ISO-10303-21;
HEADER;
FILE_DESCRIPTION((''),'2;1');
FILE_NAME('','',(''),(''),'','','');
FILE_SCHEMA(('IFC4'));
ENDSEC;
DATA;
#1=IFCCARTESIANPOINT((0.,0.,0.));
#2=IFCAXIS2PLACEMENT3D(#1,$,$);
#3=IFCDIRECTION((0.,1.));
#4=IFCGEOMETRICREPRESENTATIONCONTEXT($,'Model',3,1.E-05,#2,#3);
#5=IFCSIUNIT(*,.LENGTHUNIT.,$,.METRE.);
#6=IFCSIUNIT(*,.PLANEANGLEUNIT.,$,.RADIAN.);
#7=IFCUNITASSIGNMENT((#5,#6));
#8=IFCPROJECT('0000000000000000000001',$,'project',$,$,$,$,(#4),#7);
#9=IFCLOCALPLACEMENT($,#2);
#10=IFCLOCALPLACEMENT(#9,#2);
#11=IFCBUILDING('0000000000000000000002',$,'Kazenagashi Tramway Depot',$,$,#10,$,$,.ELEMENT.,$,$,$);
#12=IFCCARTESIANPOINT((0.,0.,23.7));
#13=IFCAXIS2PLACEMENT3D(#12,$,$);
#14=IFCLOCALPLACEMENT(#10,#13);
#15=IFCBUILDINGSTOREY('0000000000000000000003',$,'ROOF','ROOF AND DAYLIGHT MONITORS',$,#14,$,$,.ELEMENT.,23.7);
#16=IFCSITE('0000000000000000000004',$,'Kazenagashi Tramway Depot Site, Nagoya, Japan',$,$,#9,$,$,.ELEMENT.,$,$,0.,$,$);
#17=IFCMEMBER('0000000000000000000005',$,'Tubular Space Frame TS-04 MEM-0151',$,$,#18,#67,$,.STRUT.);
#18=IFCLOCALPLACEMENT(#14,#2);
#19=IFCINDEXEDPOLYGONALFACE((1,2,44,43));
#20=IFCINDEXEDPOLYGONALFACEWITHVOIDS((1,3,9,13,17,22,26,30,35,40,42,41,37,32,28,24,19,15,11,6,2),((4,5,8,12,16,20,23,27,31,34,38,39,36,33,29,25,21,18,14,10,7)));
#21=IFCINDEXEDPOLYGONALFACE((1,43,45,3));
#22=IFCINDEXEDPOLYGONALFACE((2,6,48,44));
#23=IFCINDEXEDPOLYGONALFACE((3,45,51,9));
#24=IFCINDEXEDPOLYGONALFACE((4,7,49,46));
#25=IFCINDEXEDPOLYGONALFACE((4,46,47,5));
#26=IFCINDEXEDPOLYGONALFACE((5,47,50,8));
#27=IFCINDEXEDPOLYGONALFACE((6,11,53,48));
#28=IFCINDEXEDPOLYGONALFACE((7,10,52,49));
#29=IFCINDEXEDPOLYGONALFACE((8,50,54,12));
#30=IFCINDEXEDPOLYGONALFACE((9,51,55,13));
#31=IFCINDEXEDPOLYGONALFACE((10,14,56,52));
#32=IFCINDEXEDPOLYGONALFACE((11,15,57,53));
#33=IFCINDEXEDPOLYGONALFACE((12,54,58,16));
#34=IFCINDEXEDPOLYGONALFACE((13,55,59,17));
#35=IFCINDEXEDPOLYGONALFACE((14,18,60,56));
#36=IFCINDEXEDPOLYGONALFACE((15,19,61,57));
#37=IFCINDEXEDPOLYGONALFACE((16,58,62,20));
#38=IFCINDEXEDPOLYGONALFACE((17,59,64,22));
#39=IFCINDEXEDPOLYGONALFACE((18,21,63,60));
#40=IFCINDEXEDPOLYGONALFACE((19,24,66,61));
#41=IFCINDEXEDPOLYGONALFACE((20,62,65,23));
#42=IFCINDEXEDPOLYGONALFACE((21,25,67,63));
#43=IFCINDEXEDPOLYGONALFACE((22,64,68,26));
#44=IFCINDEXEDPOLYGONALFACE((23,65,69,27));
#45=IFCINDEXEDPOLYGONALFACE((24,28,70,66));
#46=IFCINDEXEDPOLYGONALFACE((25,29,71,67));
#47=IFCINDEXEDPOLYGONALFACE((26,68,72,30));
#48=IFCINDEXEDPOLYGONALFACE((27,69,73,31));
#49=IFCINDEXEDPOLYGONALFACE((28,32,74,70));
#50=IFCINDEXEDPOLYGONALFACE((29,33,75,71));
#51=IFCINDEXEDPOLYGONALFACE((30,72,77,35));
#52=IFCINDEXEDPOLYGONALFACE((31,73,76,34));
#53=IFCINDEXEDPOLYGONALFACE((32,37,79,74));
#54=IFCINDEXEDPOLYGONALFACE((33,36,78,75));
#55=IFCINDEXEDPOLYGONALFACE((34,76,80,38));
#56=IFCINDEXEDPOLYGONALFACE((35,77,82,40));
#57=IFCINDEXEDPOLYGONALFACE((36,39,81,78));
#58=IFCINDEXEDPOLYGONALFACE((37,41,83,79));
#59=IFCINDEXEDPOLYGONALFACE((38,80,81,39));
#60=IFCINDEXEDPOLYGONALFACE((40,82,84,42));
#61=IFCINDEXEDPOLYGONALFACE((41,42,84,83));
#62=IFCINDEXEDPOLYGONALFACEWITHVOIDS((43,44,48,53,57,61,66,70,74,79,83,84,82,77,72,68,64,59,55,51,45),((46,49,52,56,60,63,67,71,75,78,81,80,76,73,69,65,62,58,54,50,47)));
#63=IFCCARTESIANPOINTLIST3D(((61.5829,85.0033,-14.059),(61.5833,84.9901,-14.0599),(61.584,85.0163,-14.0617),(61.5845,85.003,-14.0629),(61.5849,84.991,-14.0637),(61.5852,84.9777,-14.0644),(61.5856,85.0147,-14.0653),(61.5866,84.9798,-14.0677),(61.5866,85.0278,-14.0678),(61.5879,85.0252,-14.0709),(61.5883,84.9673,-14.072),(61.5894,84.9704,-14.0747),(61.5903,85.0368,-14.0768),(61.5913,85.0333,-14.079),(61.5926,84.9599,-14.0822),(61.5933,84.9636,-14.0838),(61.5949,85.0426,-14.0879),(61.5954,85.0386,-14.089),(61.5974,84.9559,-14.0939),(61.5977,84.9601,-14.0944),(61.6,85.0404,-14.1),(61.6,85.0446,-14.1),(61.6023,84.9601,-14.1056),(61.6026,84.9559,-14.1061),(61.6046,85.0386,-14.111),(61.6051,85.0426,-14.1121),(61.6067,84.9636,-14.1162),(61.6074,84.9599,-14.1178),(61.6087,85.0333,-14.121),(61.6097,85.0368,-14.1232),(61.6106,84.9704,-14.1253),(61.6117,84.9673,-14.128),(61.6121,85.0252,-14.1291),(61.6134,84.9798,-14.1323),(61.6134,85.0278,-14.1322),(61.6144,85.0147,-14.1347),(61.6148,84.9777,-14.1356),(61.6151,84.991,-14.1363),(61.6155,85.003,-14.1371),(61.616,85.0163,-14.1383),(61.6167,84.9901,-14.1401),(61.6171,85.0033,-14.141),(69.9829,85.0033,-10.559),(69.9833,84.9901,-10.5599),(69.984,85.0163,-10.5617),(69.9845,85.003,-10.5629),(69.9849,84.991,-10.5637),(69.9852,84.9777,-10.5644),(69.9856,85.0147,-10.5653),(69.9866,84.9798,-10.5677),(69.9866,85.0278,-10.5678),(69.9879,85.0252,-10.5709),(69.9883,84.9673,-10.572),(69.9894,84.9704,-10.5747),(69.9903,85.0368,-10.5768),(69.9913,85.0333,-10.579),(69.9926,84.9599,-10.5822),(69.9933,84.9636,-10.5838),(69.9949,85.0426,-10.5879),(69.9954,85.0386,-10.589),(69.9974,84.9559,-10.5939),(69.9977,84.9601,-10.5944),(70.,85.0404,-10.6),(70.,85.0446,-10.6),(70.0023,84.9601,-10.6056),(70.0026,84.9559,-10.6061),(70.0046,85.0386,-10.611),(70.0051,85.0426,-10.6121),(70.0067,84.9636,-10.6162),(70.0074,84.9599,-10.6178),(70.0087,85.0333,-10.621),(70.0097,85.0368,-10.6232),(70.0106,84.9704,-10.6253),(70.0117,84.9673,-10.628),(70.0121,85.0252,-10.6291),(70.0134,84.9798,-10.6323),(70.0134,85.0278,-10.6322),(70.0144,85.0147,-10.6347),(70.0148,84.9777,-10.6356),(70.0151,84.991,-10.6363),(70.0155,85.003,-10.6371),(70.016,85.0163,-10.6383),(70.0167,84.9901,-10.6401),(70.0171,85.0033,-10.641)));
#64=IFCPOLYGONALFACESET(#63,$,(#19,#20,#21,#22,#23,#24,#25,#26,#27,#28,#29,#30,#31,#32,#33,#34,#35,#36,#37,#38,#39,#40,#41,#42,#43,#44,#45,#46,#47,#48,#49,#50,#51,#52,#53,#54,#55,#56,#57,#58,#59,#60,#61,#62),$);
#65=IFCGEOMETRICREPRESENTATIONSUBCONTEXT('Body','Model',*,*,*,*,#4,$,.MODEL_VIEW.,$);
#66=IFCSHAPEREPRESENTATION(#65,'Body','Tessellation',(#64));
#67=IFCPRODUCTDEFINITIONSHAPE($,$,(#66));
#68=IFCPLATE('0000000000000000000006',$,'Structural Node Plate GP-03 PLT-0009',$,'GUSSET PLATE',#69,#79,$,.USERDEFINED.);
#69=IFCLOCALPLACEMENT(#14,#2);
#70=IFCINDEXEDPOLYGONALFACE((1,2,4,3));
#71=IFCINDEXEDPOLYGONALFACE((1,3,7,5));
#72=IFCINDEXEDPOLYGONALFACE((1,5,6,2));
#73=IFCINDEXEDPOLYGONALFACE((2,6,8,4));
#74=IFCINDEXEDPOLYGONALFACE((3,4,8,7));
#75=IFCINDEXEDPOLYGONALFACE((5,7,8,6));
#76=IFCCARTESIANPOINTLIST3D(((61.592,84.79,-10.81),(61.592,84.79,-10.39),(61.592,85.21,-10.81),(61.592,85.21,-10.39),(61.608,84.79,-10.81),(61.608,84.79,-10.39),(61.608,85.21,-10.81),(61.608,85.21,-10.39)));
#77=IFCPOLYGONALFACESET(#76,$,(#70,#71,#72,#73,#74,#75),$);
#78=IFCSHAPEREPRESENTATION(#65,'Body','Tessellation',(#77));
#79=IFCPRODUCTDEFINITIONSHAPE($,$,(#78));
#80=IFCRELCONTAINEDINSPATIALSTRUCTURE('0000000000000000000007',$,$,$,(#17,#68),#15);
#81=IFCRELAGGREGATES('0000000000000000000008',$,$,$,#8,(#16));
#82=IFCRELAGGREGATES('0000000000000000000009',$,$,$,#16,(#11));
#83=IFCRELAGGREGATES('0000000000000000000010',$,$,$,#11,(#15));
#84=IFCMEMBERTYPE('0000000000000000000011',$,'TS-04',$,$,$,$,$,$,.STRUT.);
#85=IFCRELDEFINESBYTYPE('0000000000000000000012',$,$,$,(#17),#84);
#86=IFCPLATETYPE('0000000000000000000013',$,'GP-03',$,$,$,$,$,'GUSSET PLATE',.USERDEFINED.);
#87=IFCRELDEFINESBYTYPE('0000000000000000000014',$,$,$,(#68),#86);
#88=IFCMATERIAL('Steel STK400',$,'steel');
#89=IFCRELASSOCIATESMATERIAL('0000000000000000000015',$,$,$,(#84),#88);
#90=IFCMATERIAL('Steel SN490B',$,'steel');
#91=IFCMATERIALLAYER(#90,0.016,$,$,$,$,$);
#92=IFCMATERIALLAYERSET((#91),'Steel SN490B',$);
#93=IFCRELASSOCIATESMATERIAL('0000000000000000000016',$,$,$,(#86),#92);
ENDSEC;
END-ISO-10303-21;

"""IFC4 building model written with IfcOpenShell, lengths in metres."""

from ifc_helpers import new_model, si_unit, direction, frame, origin, origin_2d, place, context, subcontext, project, spatial, rectangle, hollow_circle, extrude, material, layer, layer_set, material_profile, profile_set, type_object, element, save


model = new_model("IFC4")

# Units and contexts
model_context = context("Model", 3, precision=1e-05, world=origin(), true_north=direction((0.0, 1.0)))
body_context = subcontext(model_context, "Body", "Model", "MODEL_VIEW")
ifc_project = project(units=[si_unit("LENGTHUNIT", "METRE"), si_unit("PLANEANGLEUNIT", "RADIAN")], contexts=[model_context])

# Site, building, storey
site_placement = place(None, origin())
site = spatial("IfcSite", under=ifc_project, at=site_placement, Name="Kazenagashi Tramway Depot Site, Nagoya, Japan", CompositionType="ELEMENT", RefElevation=0.0)
building_placement = place(site_placement, origin())
building = spatial("IfcBuilding", under=site, at=building_placement, Name="Kazenagashi Tramway Depot", CompositionType="ELEMENT")
storey_placement = place(building_placement, frame((0.0, 0.0, 23.7)))
storey = spatial("IfcBuildingStorey", under=building, at=storey_placement, Name="ROOF", Description="ROOF AND DAYLIGHT MONITORS", CompositionType="ELEMENT", Elevation=23.7)

# Member
ifc_material_1 = material(Name="Steel STK400", Category="steel")
ifc_material_profile_1 = material_profile(ifc_material_1, hollow_circle(Radius=0.0445, WallThickness=0.0042, at=origin_2d()), Name="CHS-89.1x4.2")
ifc_profile_set_1 = profile_set([ifc_material_profile_1], Name="Steel STK400")
member_type_1 = type_object("IfcMemberType", Name="TS-04", PredefinedType="STRUT", material=ifc_profile_set_1)
member_1_placement = place(storey_placement, frame((61.6, 85.0, -14.1), z_axis=(0.923077, 0.0, 0.384615), x_axis=(0.0, 1.0, 0.0)))
element("IfcMember", 1, at=member_1_placement, inside=storey, type_object=member_type_1, Name="Tubular Space Frame TS-04 MEM-0151", PredefinedType="STRUT", context=body_context, shape_type="SweptSolid", body=[
    extrude(hollow_circle(Radius=0.0445, WallThickness=0.0042, at=origin_2d()), origin(), (0.0, 0.0, 1.0), 9.1),
])

# Plate
ifc_material_2 = material(Name="Steel SN490B", Category="steel")
ifc_layer = layer(ifc_material_2, 0.016)
ifc_layer_set = layer_set([ifc_layer], Name="Steel SN490B")
plate_type = type_object("IfcPlateType", Name="GP-03", ElementType="GUSSET PLATE", PredefinedType="USERDEFINED", material=ifc_layer_set)
plate_placement = place(storey_placement, frame((61.6, 85.0, -10.81), z_axis=(0.0, 0.0, 1.0), x_axis=(0.0, 1.0, 0.0)))
element("IfcPlate", 2, at=plate_placement, inside=storey, type_object=plate_type, Name="Structural Node Plate GP-03 PLT-0009", ObjectType="GUSSET PLATE", PredefinedType="USERDEFINED", context=body_context, shape_type="SweptSolid", body=[
    extrude(rectangle(XDim=0.42, YDim=0.016, at=origin_2d()), origin(), (0.0, 0.0, 1.0), 0.42),
])

save(model, "model.ifc")
